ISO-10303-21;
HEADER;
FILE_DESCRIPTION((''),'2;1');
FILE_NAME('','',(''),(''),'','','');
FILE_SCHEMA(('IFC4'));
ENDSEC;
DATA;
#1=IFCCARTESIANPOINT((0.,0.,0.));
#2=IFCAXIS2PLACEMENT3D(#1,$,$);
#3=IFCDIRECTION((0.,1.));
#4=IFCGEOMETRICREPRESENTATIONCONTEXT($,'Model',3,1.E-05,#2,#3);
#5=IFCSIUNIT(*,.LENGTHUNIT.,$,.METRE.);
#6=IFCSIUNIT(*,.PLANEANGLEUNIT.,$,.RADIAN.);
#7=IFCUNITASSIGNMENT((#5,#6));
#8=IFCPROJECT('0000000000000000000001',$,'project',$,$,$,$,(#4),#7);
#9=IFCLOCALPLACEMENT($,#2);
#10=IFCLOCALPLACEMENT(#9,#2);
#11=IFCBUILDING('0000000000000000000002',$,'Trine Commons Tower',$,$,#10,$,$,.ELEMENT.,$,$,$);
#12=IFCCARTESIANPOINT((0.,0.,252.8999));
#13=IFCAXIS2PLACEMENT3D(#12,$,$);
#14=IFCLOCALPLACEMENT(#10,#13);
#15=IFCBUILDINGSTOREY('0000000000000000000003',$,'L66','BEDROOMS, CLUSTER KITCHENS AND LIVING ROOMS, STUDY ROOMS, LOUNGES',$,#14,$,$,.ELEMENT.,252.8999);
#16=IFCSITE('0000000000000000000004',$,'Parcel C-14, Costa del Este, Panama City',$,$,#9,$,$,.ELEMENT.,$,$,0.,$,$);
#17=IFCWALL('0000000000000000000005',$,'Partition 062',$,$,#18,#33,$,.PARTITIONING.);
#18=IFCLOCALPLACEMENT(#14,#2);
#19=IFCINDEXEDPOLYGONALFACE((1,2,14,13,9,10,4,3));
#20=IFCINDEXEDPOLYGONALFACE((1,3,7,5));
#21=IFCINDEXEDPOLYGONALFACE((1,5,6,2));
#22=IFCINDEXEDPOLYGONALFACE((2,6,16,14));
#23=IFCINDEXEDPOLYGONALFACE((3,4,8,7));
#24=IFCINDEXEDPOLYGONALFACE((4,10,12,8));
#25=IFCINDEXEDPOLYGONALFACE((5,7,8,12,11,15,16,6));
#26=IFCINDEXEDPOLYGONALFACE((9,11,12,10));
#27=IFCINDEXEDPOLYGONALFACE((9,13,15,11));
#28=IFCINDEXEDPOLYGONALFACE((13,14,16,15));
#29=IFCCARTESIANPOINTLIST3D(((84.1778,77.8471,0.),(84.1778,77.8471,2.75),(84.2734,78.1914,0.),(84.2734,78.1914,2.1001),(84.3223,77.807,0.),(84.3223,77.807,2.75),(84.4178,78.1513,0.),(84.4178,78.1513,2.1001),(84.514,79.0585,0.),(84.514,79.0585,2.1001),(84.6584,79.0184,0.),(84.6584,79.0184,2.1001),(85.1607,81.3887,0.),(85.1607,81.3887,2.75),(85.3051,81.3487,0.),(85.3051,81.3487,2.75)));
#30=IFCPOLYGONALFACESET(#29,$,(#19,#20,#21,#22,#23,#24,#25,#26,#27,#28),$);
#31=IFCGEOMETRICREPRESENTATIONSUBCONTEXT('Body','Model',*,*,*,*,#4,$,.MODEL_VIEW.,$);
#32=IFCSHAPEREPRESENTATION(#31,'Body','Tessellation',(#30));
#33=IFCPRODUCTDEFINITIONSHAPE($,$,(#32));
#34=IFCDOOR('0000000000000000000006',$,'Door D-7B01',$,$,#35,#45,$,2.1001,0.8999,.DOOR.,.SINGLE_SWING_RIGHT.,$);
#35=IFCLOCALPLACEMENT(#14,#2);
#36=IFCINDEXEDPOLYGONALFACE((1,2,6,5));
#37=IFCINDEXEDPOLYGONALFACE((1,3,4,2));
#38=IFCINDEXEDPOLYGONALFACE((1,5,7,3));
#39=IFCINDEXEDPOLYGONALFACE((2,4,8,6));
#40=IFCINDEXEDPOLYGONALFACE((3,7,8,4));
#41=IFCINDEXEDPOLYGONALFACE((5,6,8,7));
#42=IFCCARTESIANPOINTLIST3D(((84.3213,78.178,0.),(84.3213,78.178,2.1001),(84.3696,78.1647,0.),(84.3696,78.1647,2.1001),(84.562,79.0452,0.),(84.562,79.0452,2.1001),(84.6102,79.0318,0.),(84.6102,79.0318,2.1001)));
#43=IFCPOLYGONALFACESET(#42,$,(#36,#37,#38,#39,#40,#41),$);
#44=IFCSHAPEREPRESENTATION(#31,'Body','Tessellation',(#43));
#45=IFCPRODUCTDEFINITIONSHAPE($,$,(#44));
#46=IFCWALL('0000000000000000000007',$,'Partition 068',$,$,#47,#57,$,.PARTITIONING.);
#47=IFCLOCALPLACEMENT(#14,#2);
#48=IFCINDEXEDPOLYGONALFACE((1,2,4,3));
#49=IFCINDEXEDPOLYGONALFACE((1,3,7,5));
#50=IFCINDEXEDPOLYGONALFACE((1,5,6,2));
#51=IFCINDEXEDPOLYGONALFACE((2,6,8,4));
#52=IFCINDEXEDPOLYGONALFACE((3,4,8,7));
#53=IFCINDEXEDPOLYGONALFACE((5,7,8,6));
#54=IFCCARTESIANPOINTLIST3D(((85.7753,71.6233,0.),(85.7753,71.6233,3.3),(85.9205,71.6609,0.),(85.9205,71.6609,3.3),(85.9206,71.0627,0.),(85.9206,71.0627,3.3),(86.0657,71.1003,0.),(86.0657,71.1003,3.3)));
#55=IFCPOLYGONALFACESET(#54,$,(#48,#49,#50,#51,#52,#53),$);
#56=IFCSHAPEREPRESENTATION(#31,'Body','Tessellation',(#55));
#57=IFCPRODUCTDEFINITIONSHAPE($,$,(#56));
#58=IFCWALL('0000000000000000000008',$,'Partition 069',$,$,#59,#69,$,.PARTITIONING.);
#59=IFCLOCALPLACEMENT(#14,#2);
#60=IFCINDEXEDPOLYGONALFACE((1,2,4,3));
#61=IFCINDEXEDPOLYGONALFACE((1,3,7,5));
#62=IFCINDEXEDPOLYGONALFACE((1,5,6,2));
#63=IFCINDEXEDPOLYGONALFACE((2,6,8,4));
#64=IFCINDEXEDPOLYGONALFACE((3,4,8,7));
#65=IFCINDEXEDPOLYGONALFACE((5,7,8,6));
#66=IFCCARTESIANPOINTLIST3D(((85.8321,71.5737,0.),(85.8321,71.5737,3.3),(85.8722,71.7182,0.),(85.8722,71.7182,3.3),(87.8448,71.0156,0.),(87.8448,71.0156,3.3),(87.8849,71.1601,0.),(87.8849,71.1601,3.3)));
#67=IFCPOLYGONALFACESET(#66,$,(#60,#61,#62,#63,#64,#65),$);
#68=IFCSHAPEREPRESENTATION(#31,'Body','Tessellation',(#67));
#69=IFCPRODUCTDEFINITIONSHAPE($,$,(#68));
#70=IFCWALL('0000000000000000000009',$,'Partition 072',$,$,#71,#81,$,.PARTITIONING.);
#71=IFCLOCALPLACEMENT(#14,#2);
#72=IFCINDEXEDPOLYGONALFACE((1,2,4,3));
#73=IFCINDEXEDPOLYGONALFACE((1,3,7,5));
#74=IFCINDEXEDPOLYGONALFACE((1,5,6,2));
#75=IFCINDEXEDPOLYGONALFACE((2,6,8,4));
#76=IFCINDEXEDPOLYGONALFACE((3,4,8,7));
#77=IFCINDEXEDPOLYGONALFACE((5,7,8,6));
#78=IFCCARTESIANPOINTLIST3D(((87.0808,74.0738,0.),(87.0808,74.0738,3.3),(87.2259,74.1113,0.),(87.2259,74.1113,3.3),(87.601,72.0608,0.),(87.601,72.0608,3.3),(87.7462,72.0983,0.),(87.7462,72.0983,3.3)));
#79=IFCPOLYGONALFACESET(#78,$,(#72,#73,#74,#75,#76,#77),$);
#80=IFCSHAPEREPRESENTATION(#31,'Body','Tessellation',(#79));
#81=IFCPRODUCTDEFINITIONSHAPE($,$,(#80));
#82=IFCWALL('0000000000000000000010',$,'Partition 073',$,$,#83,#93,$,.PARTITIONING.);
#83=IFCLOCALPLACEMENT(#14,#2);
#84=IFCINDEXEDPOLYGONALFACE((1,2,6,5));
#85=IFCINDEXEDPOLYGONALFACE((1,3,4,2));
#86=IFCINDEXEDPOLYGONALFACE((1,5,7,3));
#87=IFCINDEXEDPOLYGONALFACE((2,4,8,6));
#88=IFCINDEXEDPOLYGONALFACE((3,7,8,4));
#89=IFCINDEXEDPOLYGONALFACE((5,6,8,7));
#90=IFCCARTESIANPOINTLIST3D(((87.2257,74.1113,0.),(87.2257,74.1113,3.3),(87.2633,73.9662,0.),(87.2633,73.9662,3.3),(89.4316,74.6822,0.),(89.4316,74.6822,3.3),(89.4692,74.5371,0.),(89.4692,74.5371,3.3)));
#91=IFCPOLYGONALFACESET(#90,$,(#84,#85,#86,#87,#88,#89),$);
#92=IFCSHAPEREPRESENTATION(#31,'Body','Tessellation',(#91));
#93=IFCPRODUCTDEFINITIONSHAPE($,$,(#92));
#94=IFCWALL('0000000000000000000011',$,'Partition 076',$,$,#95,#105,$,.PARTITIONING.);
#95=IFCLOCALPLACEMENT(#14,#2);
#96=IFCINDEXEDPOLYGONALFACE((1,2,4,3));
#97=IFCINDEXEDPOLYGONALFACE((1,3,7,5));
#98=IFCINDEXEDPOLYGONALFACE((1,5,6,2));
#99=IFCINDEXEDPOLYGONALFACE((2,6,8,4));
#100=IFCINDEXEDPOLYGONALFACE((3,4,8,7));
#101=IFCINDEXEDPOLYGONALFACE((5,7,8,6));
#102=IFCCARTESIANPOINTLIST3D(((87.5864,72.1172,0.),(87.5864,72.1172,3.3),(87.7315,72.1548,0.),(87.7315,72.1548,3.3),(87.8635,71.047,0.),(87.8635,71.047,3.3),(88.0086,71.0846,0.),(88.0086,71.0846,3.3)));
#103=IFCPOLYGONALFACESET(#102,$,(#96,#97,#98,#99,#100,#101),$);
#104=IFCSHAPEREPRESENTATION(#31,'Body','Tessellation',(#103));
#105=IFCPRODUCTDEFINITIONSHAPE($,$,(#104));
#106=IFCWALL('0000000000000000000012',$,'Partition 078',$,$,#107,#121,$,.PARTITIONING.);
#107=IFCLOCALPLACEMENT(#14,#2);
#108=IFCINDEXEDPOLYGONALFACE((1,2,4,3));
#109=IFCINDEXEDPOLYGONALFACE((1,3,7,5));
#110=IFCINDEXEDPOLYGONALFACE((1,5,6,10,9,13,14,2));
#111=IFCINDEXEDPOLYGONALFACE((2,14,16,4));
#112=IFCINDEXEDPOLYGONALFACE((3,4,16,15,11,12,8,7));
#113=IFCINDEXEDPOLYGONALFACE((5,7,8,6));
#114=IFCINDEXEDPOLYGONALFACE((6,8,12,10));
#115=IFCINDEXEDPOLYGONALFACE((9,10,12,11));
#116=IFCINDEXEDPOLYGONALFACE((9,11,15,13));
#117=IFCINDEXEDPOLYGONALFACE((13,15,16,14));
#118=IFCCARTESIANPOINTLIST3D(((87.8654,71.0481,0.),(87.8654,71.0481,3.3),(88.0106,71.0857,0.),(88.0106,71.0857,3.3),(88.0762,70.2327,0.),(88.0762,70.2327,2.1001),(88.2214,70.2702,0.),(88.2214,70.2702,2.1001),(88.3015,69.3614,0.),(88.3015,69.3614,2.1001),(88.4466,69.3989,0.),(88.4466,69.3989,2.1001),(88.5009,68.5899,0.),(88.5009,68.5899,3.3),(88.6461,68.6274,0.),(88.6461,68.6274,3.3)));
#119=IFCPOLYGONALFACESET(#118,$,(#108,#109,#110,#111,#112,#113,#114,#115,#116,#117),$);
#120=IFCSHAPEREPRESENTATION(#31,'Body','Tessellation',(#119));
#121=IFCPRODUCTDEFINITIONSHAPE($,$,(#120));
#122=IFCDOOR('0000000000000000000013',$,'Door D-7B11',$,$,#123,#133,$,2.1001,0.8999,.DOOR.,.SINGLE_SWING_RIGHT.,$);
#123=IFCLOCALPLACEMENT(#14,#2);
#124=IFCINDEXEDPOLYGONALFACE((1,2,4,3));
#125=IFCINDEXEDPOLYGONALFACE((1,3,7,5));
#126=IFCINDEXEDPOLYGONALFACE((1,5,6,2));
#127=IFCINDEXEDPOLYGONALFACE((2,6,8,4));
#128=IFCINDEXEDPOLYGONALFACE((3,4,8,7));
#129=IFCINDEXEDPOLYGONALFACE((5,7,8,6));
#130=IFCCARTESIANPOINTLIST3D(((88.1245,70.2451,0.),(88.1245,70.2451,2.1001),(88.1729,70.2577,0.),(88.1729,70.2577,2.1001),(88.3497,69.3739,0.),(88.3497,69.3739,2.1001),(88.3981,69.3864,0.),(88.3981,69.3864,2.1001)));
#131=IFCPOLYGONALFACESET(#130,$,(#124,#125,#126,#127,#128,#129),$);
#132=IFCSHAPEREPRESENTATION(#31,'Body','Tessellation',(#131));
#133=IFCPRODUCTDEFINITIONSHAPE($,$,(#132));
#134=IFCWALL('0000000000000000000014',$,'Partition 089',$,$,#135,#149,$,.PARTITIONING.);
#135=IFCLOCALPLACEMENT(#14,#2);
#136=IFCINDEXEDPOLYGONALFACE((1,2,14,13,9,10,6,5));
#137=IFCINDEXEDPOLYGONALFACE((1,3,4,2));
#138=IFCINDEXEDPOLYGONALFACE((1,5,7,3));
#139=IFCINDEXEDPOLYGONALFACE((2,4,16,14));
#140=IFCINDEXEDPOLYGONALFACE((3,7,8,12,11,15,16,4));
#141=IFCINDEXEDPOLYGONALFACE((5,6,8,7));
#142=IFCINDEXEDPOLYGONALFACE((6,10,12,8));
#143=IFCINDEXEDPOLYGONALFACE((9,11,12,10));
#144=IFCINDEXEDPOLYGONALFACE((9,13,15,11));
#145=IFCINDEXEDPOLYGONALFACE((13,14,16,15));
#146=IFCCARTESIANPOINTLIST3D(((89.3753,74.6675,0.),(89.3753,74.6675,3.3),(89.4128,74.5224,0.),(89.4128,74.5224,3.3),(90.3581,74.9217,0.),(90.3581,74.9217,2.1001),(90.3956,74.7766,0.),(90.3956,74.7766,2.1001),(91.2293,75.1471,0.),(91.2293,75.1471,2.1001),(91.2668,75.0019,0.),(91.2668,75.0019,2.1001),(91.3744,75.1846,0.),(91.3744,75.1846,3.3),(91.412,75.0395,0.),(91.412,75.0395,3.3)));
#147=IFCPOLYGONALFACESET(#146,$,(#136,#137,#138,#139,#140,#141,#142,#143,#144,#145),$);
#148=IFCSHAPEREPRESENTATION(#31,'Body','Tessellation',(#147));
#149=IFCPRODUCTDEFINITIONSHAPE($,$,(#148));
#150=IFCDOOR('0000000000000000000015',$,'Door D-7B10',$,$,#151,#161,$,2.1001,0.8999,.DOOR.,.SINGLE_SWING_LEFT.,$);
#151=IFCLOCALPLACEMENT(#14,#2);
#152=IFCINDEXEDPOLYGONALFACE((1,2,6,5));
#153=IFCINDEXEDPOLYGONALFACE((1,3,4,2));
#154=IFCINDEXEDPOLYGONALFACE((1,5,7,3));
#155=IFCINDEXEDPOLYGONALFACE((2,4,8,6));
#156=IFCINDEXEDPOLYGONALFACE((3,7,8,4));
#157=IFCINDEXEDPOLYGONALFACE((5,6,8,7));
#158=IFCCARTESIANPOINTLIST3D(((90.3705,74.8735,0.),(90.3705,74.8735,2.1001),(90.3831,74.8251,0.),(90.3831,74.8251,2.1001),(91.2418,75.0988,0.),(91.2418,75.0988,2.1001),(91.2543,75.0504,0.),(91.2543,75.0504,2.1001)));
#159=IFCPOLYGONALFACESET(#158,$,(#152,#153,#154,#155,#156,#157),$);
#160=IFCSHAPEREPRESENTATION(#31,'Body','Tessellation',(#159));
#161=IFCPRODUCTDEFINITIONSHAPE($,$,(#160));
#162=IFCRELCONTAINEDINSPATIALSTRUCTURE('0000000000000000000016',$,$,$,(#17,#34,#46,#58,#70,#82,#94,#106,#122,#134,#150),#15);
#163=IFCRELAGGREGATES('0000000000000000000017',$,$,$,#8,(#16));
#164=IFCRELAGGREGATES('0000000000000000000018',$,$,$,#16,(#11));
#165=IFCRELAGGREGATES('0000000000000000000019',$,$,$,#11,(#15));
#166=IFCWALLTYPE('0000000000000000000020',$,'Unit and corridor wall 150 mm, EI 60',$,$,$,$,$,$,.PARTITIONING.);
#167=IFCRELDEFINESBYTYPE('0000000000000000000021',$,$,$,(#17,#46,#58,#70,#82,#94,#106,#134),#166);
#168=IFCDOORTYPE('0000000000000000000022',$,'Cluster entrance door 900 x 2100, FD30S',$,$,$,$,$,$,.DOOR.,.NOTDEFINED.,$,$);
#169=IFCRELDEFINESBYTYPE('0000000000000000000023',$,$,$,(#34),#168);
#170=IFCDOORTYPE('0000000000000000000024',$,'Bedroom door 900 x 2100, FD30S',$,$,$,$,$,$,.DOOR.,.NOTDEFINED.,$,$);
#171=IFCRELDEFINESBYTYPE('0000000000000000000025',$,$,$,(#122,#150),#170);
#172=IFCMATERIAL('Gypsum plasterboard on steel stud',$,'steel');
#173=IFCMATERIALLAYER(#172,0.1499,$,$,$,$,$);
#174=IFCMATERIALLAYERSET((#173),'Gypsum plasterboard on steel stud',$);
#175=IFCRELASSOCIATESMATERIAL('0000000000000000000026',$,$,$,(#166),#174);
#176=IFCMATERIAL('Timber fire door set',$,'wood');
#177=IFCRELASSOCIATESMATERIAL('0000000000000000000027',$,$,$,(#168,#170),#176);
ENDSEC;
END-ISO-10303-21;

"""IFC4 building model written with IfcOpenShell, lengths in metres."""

from ifc_helpers import new_model, si_unit, direction, frame, frame_2d, origin, place, context, subcontext, project, spatial, rectangle, extrude, material, layer, layer_set, type_object, element, fill, save


model = new_model("IFC4")

# Units and contexts
model_context = context("Model", 3, precision=1e-05, world=origin(), true_north=direction((0.0, 1.0)))
body_context = subcontext(model_context, "Body", "Model", "MODEL_VIEW")
ifc_project = project(units=[si_unit("LENGTHUNIT", "METRE"), si_unit("PLANEANGLEUNIT", "RADIAN")], contexts=[model_context])

# Site, building, storey
site_placement = place(None, origin())
site = spatial("IfcSite", under=ifc_project, at=site_placement, Name="Parcel C-14, Costa del Este, Panama City", CompositionType="ELEMENT", RefElevation=0.0)
building_placement = place(site_placement, origin())
building = spatial("IfcBuilding", under=site, at=building_placement, Name="Trine Commons Tower", CompositionType="ELEMENT")
storey_placement = place(building_placement, frame((0.0, 0.0, 252.8999)))
storey = spatial("IfcBuildingStorey", under=building, at=storey_placement, Name="L66", Description="BEDROOMS, CLUSTER KITCHENS AND LIVING ROOMS, STUDY ROOMS, LOUNGES", CompositionType="ELEMENT", Elevation=252.8999)

# Shared definitions
ifc_material_1 = material(Name="Gypsum plasterboard on steel stud", Category="steel")
ifc_layer_1 = layer(ifc_material_1, 0.1499)
ifc_layer_set_1 = layer_set([ifc_layer_1], Name="Gypsum plasterboard on steel stud")
wall_type_1 = type_object("IfcWallType", Name="Unit and corridor wall 150 mm, EI 60", PredefinedType="PARTITIONING", material=ifc_layer_set_1)

# Wall, opening, door
wall_1_placement = place(storey_placement, frame((84.25, 77.8269, 0.0), z_axis=(0.0, 0.0, 1.0), x_axis=(0.267414, 0.963582, 0.0)))
wall_1 = element("IfcWall", 1, at=wall_1_placement, inside=storey, type_object=wall_type_1, Name="Partition 062", PredefinedType="PARTITIONING", context=body_context, shape_type="SweptSolid", body=[
    extrude(rectangle(XDim=3.6755, YDim=0.1499, at=frame_2d((1.8379, 0.0))), origin(), (0.0, 0.0, 1.0), 2.75),
])
opening_1_placement = place(wall_1_placement, frame((0.3574, 0.0, 0.0)))
opening_1 = element("IfcOpeningElement", 2, at=opening_1_placement, cuts=wall_1, PredefinedType="OPENING", context=body_context, shape_type="SweptSolid", body=[
    extrude(rectangle(XDim=0.8999, YDim=2.1001, at=frame_2d((0.45, 1.05))), frame((0.0, 0.085, 0.0), z_axis=(0.0, -1.0, 0.0), x_axis=(1.0, 0.0, 0.0)), (0.0, 0.0, 1.0), 0.1699),
])
ifc_material_2 = material(Name="Timber fire door set", Category="wood")
door_type_1 = type_object("IfcDoorType", Name="Cluster entrance door 900 x 2100, FD30S", OperationType="NOTDEFINED", PredefinedType="DOOR", material=ifc_material_2)
door_1_placement = place(opening_1_placement, frame((0.8999, 0.0, 0.0), z_axis=(0.0, 0.0, 1.0), x_axis=(-1.0, 0.0, 0.0)))
door_1 = element("IfcDoor", 3, at=door_1_placement, inside=storey, type_object=door_type_1, Name="Door D-7B01", OperationType="SINGLE_SWING_RIGHT", OverallHeight=2.1001, OverallWidth=0.8999, PredefinedType="DOOR", context=body_context, shape_type="SweptSolid", body=[
    extrude(rectangle(XDim=0.8999, YDim=2.1001, at=frame_2d((0.45, 1.05))), frame((0.0, 0.0249, 0.0), z_axis=(0.0, -1.0, 0.0), x_axis=(1.0, 0.0, 0.0)), (0.0, 0.0, 1.0), 0.05),
])
fill(opening_1, door_1)

# Walls
wall_2_placement = place(storey_placement, frame((85.8479, 71.6421, 0.0), z_axis=(0.0, 0.0, 1.0), x_axis=(0.25086, -0.968023, 0.0)))
element("IfcWall", 4, at=wall_2_placement, inside=storey, type_object=wall_type_1, Name="Partition 068", PredefinedType="PARTITIONING", context=body_context, shape_type="SweptSolid", body=[
    extrude(rectangle(XDim=0.5791, YDim=0.1499, at=frame_2d((0.2896, 0.0))), origin(), (0.0, 0.0, 1.0), 3.3),
])
wall_3_placement = place(storey_placement, frame((85.8521, 71.646, 0.0), z_axis=(0.0, 0.0, 1.0), x_axis=(0.963638, -0.26721, 0.0)))
element("IfcWall", 5, at=wall_3_placement, inside=storey, type_object=wall_type_1, Name="Partition 069", PredefinedType="PARTITIONING", context=body_context, shape_type="SweptSolid", body=[
    extrude(rectangle(XDim=2.0886, YDim=0.1499, at=frame_2d((1.0444, 0.0))), origin(), (0.0, 0.0, 1.0), 3.3),
])
wall_4_placement = place(storey_placement, frame((87.1533, 74.0925, 0.0), z_axis=(0.0, 0.0, 1.0), x_axis=(0.250237, -0.968185, 0.0)))
element("IfcWall", 6, at=wall_4_placement, inside=storey, type_object=wall_type_1, Name="Partition 072", PredefinedType="PARTITIONING", context=body_context, shape_type="SweptSolid", body=[
    extrude(rectangle(XDim=2.0791, YDim=0.1499, at=frame_2d((1.0396, 0.0))), origin(), (0.0, 0.0, 1.0), 3.3),
])
wall_5_placement = place(storey_placement, frame((87.2446, 74.0388, 0.0), z_axis=(0.0, 0.0, 1.0), x_axis=(0.968112, 0.25052, 0.0)))
element("IfcWall", 7, at=wall_5_placement, inside=storey, type_object=wall_type_1, Name="Partition 073", PredefinedType="PARTITIONING", context=body_context, shape_type="SweptSolid", body=[
    extrude(rectangle(XDim=2.2786, YDim=0.1499, at=frame_2d((1.1392, 0.0))), origin(), (0.0, 0.0, 1.0), 3.3),
])
wall_6_placement = place(storey_placement, frame((87.6589, 72.136, 0.0), z_axis=(0.0, 0.0, 1.0), x_axis=(0.250686, -0.968068, 0.0)))
element("IfcWall", 8, at=wall_6_placement, inside=storey, type_object=wall_type_1, Name="Partition 076", PredefinedType="PARTITIONING", context=body_context, shape_type="SweptSolid", body=[
    extrude(rectangle(XDim=1.1055, YDim=0.1499, at=frame_2d((0.5527, 0.0))), origin(), (0.0, 0.0, 1.0), 3.3),
])

# Walls, openings, doors
wall_7_placement = place(storey_placement, frame((87.938, 71.0669, 0.0), z_axis=(0.0, 0.0, 1.0), x_axis=(0.250288, -0.968171, 0.0)))
wall_7 = element("IfcWall", 9, at=wall_7_placement, inside=storey, type_object=wall_type_1, Name="Partition 078", PredefinedType="PARTITIONING", context=body_context, shape_type="SweptSolid", body=[
    extrude(rectangle(XDim=2.5391, YDim=0.1499, at=frame_2d((1.2695, 0.0))), origin(), (0.0, 0.0, 1.0), 3.3),
])
opening_2_placement = place(wall_7_placement, frame((0.8423, 0.0, 0.0)))
opening_2 = element("IfcOpeningElement", 10, at=opening_2_placement, cuts=wall_7, PredefinedType="OPENING", context=body_context, shape_type="SweptSolid", body=[
    extrude(rectangle(XDim=0.8999, YDim=2.1001, at=frame_2d((0.45, 1.05))), frame((0.0, 0.085, 0.0), z_axis=(0.0, -1.0, 0.0), x_axis=(1.0, 0.0, 0.0)), (0.0, 0.0, 1.0), 0.1699),
])
door_type_2 = type_object("IfcDoorType", Name="Bedroom door 900 x 2100, FD30S", OperationType="NOTDEFINED", PredefinedType="DOOR", material=ifc_material_2)
door_2_placement = place(opening_2_placement, origin())
door_2 = element("IfcDoor", 11, at=door_2_placement, inside=storey, type_object=door_type_2, Name="Door D-7B11", OperationType="SINGLE_SWING_RIGHT", OverallHeight=2.1001, OverallWidth=0.8999, PredefinedType="DOOR", context=body_context, shape_type="SweptSolid", body=[
    extrude(rectangle(XDim=0.8999, YDim=2.1001, at=frame_2d((0.45, 1.05))), frame((0.0, 0.0249, 0.0), z_axis=(0.0, -1.0, 0.0), x_axis=(1.0, 0.0, 0.0)), (0.0, 0.0, 1.0), 0.05),
])
fill(opening_2, door_2)
wall_8_placement = place(storey_placement, frame((89.394, 74.595, 0.0), z_axis=(0.0, 0.0, 1.0), x_axis=(0.968142, 0.2504, 0.0)))
wall_8 = element("IfcWall", 12, at=wall_8_placement, inside=storey, type_object=wall_type_1, Name="Partition 089", PredefinedType="PARTITIONING", context=body_context, shape_type="SweptSolid", body=[
    extrude(rectangle(XDim=2.0649, YDim=0.1499, at=frame_2d((1.0325, 0.0))), origin(), (0.0, 0.0, 1.0), 3.3),
])
opening_3_placement = place(wall_8_placement, frame((1.0151, 0.0, 0.0)))
opening_3 = element("IfcOpeningElement", 13, at=opening_3_placement, cuts=wall_8, PredefinedType="OPENING", context=body_context, shape_type="SweptSolid", body=[
    extrude(rectangle(XDim=0.8999, YDim=2.1001, at=frame_2d((0.45, 1.05))), frame((0.0, 0.085, 0.0), z_axis=(0.0, -1.0, 0.0), x_axis=(1.0, 0.0, 0.0)), (0.0, 0.0, 1.0), 0.1699),
])
door_3_placement = place(opening_3_placement, frame((0.8999, 0.0, 0.0), z_axis=(0.0, 0.0, 1.0), x_axis=(-1.0, 0.0, 0.0)))
door_3 = element("IfcDoor", 14, at=door_3_placement, inside=storey, type_object=door_type_2, Name="Door D-7B10", OperationType="SINGLE_SWING_LEFT", OverallHeight=2.1001, OverallWidth=0.8999, PredefinedType="DOOR", context=body_context, shape_type="SweptSolid", body=[
    extrude(rectangle(XDim=0.8999, YDim=2.1001, at=frame_2d((0.45, 1.05))), frame((0.0, 0.0249, 0.0), z_axis=(0.0, -1.0, 0.0), x_axis=(1.0, 0.0, 0.0)), (0.0, 0.0, 1.0), 0.05),
])
fill(opening_3, door_3)

save(model, "model.ifc")
